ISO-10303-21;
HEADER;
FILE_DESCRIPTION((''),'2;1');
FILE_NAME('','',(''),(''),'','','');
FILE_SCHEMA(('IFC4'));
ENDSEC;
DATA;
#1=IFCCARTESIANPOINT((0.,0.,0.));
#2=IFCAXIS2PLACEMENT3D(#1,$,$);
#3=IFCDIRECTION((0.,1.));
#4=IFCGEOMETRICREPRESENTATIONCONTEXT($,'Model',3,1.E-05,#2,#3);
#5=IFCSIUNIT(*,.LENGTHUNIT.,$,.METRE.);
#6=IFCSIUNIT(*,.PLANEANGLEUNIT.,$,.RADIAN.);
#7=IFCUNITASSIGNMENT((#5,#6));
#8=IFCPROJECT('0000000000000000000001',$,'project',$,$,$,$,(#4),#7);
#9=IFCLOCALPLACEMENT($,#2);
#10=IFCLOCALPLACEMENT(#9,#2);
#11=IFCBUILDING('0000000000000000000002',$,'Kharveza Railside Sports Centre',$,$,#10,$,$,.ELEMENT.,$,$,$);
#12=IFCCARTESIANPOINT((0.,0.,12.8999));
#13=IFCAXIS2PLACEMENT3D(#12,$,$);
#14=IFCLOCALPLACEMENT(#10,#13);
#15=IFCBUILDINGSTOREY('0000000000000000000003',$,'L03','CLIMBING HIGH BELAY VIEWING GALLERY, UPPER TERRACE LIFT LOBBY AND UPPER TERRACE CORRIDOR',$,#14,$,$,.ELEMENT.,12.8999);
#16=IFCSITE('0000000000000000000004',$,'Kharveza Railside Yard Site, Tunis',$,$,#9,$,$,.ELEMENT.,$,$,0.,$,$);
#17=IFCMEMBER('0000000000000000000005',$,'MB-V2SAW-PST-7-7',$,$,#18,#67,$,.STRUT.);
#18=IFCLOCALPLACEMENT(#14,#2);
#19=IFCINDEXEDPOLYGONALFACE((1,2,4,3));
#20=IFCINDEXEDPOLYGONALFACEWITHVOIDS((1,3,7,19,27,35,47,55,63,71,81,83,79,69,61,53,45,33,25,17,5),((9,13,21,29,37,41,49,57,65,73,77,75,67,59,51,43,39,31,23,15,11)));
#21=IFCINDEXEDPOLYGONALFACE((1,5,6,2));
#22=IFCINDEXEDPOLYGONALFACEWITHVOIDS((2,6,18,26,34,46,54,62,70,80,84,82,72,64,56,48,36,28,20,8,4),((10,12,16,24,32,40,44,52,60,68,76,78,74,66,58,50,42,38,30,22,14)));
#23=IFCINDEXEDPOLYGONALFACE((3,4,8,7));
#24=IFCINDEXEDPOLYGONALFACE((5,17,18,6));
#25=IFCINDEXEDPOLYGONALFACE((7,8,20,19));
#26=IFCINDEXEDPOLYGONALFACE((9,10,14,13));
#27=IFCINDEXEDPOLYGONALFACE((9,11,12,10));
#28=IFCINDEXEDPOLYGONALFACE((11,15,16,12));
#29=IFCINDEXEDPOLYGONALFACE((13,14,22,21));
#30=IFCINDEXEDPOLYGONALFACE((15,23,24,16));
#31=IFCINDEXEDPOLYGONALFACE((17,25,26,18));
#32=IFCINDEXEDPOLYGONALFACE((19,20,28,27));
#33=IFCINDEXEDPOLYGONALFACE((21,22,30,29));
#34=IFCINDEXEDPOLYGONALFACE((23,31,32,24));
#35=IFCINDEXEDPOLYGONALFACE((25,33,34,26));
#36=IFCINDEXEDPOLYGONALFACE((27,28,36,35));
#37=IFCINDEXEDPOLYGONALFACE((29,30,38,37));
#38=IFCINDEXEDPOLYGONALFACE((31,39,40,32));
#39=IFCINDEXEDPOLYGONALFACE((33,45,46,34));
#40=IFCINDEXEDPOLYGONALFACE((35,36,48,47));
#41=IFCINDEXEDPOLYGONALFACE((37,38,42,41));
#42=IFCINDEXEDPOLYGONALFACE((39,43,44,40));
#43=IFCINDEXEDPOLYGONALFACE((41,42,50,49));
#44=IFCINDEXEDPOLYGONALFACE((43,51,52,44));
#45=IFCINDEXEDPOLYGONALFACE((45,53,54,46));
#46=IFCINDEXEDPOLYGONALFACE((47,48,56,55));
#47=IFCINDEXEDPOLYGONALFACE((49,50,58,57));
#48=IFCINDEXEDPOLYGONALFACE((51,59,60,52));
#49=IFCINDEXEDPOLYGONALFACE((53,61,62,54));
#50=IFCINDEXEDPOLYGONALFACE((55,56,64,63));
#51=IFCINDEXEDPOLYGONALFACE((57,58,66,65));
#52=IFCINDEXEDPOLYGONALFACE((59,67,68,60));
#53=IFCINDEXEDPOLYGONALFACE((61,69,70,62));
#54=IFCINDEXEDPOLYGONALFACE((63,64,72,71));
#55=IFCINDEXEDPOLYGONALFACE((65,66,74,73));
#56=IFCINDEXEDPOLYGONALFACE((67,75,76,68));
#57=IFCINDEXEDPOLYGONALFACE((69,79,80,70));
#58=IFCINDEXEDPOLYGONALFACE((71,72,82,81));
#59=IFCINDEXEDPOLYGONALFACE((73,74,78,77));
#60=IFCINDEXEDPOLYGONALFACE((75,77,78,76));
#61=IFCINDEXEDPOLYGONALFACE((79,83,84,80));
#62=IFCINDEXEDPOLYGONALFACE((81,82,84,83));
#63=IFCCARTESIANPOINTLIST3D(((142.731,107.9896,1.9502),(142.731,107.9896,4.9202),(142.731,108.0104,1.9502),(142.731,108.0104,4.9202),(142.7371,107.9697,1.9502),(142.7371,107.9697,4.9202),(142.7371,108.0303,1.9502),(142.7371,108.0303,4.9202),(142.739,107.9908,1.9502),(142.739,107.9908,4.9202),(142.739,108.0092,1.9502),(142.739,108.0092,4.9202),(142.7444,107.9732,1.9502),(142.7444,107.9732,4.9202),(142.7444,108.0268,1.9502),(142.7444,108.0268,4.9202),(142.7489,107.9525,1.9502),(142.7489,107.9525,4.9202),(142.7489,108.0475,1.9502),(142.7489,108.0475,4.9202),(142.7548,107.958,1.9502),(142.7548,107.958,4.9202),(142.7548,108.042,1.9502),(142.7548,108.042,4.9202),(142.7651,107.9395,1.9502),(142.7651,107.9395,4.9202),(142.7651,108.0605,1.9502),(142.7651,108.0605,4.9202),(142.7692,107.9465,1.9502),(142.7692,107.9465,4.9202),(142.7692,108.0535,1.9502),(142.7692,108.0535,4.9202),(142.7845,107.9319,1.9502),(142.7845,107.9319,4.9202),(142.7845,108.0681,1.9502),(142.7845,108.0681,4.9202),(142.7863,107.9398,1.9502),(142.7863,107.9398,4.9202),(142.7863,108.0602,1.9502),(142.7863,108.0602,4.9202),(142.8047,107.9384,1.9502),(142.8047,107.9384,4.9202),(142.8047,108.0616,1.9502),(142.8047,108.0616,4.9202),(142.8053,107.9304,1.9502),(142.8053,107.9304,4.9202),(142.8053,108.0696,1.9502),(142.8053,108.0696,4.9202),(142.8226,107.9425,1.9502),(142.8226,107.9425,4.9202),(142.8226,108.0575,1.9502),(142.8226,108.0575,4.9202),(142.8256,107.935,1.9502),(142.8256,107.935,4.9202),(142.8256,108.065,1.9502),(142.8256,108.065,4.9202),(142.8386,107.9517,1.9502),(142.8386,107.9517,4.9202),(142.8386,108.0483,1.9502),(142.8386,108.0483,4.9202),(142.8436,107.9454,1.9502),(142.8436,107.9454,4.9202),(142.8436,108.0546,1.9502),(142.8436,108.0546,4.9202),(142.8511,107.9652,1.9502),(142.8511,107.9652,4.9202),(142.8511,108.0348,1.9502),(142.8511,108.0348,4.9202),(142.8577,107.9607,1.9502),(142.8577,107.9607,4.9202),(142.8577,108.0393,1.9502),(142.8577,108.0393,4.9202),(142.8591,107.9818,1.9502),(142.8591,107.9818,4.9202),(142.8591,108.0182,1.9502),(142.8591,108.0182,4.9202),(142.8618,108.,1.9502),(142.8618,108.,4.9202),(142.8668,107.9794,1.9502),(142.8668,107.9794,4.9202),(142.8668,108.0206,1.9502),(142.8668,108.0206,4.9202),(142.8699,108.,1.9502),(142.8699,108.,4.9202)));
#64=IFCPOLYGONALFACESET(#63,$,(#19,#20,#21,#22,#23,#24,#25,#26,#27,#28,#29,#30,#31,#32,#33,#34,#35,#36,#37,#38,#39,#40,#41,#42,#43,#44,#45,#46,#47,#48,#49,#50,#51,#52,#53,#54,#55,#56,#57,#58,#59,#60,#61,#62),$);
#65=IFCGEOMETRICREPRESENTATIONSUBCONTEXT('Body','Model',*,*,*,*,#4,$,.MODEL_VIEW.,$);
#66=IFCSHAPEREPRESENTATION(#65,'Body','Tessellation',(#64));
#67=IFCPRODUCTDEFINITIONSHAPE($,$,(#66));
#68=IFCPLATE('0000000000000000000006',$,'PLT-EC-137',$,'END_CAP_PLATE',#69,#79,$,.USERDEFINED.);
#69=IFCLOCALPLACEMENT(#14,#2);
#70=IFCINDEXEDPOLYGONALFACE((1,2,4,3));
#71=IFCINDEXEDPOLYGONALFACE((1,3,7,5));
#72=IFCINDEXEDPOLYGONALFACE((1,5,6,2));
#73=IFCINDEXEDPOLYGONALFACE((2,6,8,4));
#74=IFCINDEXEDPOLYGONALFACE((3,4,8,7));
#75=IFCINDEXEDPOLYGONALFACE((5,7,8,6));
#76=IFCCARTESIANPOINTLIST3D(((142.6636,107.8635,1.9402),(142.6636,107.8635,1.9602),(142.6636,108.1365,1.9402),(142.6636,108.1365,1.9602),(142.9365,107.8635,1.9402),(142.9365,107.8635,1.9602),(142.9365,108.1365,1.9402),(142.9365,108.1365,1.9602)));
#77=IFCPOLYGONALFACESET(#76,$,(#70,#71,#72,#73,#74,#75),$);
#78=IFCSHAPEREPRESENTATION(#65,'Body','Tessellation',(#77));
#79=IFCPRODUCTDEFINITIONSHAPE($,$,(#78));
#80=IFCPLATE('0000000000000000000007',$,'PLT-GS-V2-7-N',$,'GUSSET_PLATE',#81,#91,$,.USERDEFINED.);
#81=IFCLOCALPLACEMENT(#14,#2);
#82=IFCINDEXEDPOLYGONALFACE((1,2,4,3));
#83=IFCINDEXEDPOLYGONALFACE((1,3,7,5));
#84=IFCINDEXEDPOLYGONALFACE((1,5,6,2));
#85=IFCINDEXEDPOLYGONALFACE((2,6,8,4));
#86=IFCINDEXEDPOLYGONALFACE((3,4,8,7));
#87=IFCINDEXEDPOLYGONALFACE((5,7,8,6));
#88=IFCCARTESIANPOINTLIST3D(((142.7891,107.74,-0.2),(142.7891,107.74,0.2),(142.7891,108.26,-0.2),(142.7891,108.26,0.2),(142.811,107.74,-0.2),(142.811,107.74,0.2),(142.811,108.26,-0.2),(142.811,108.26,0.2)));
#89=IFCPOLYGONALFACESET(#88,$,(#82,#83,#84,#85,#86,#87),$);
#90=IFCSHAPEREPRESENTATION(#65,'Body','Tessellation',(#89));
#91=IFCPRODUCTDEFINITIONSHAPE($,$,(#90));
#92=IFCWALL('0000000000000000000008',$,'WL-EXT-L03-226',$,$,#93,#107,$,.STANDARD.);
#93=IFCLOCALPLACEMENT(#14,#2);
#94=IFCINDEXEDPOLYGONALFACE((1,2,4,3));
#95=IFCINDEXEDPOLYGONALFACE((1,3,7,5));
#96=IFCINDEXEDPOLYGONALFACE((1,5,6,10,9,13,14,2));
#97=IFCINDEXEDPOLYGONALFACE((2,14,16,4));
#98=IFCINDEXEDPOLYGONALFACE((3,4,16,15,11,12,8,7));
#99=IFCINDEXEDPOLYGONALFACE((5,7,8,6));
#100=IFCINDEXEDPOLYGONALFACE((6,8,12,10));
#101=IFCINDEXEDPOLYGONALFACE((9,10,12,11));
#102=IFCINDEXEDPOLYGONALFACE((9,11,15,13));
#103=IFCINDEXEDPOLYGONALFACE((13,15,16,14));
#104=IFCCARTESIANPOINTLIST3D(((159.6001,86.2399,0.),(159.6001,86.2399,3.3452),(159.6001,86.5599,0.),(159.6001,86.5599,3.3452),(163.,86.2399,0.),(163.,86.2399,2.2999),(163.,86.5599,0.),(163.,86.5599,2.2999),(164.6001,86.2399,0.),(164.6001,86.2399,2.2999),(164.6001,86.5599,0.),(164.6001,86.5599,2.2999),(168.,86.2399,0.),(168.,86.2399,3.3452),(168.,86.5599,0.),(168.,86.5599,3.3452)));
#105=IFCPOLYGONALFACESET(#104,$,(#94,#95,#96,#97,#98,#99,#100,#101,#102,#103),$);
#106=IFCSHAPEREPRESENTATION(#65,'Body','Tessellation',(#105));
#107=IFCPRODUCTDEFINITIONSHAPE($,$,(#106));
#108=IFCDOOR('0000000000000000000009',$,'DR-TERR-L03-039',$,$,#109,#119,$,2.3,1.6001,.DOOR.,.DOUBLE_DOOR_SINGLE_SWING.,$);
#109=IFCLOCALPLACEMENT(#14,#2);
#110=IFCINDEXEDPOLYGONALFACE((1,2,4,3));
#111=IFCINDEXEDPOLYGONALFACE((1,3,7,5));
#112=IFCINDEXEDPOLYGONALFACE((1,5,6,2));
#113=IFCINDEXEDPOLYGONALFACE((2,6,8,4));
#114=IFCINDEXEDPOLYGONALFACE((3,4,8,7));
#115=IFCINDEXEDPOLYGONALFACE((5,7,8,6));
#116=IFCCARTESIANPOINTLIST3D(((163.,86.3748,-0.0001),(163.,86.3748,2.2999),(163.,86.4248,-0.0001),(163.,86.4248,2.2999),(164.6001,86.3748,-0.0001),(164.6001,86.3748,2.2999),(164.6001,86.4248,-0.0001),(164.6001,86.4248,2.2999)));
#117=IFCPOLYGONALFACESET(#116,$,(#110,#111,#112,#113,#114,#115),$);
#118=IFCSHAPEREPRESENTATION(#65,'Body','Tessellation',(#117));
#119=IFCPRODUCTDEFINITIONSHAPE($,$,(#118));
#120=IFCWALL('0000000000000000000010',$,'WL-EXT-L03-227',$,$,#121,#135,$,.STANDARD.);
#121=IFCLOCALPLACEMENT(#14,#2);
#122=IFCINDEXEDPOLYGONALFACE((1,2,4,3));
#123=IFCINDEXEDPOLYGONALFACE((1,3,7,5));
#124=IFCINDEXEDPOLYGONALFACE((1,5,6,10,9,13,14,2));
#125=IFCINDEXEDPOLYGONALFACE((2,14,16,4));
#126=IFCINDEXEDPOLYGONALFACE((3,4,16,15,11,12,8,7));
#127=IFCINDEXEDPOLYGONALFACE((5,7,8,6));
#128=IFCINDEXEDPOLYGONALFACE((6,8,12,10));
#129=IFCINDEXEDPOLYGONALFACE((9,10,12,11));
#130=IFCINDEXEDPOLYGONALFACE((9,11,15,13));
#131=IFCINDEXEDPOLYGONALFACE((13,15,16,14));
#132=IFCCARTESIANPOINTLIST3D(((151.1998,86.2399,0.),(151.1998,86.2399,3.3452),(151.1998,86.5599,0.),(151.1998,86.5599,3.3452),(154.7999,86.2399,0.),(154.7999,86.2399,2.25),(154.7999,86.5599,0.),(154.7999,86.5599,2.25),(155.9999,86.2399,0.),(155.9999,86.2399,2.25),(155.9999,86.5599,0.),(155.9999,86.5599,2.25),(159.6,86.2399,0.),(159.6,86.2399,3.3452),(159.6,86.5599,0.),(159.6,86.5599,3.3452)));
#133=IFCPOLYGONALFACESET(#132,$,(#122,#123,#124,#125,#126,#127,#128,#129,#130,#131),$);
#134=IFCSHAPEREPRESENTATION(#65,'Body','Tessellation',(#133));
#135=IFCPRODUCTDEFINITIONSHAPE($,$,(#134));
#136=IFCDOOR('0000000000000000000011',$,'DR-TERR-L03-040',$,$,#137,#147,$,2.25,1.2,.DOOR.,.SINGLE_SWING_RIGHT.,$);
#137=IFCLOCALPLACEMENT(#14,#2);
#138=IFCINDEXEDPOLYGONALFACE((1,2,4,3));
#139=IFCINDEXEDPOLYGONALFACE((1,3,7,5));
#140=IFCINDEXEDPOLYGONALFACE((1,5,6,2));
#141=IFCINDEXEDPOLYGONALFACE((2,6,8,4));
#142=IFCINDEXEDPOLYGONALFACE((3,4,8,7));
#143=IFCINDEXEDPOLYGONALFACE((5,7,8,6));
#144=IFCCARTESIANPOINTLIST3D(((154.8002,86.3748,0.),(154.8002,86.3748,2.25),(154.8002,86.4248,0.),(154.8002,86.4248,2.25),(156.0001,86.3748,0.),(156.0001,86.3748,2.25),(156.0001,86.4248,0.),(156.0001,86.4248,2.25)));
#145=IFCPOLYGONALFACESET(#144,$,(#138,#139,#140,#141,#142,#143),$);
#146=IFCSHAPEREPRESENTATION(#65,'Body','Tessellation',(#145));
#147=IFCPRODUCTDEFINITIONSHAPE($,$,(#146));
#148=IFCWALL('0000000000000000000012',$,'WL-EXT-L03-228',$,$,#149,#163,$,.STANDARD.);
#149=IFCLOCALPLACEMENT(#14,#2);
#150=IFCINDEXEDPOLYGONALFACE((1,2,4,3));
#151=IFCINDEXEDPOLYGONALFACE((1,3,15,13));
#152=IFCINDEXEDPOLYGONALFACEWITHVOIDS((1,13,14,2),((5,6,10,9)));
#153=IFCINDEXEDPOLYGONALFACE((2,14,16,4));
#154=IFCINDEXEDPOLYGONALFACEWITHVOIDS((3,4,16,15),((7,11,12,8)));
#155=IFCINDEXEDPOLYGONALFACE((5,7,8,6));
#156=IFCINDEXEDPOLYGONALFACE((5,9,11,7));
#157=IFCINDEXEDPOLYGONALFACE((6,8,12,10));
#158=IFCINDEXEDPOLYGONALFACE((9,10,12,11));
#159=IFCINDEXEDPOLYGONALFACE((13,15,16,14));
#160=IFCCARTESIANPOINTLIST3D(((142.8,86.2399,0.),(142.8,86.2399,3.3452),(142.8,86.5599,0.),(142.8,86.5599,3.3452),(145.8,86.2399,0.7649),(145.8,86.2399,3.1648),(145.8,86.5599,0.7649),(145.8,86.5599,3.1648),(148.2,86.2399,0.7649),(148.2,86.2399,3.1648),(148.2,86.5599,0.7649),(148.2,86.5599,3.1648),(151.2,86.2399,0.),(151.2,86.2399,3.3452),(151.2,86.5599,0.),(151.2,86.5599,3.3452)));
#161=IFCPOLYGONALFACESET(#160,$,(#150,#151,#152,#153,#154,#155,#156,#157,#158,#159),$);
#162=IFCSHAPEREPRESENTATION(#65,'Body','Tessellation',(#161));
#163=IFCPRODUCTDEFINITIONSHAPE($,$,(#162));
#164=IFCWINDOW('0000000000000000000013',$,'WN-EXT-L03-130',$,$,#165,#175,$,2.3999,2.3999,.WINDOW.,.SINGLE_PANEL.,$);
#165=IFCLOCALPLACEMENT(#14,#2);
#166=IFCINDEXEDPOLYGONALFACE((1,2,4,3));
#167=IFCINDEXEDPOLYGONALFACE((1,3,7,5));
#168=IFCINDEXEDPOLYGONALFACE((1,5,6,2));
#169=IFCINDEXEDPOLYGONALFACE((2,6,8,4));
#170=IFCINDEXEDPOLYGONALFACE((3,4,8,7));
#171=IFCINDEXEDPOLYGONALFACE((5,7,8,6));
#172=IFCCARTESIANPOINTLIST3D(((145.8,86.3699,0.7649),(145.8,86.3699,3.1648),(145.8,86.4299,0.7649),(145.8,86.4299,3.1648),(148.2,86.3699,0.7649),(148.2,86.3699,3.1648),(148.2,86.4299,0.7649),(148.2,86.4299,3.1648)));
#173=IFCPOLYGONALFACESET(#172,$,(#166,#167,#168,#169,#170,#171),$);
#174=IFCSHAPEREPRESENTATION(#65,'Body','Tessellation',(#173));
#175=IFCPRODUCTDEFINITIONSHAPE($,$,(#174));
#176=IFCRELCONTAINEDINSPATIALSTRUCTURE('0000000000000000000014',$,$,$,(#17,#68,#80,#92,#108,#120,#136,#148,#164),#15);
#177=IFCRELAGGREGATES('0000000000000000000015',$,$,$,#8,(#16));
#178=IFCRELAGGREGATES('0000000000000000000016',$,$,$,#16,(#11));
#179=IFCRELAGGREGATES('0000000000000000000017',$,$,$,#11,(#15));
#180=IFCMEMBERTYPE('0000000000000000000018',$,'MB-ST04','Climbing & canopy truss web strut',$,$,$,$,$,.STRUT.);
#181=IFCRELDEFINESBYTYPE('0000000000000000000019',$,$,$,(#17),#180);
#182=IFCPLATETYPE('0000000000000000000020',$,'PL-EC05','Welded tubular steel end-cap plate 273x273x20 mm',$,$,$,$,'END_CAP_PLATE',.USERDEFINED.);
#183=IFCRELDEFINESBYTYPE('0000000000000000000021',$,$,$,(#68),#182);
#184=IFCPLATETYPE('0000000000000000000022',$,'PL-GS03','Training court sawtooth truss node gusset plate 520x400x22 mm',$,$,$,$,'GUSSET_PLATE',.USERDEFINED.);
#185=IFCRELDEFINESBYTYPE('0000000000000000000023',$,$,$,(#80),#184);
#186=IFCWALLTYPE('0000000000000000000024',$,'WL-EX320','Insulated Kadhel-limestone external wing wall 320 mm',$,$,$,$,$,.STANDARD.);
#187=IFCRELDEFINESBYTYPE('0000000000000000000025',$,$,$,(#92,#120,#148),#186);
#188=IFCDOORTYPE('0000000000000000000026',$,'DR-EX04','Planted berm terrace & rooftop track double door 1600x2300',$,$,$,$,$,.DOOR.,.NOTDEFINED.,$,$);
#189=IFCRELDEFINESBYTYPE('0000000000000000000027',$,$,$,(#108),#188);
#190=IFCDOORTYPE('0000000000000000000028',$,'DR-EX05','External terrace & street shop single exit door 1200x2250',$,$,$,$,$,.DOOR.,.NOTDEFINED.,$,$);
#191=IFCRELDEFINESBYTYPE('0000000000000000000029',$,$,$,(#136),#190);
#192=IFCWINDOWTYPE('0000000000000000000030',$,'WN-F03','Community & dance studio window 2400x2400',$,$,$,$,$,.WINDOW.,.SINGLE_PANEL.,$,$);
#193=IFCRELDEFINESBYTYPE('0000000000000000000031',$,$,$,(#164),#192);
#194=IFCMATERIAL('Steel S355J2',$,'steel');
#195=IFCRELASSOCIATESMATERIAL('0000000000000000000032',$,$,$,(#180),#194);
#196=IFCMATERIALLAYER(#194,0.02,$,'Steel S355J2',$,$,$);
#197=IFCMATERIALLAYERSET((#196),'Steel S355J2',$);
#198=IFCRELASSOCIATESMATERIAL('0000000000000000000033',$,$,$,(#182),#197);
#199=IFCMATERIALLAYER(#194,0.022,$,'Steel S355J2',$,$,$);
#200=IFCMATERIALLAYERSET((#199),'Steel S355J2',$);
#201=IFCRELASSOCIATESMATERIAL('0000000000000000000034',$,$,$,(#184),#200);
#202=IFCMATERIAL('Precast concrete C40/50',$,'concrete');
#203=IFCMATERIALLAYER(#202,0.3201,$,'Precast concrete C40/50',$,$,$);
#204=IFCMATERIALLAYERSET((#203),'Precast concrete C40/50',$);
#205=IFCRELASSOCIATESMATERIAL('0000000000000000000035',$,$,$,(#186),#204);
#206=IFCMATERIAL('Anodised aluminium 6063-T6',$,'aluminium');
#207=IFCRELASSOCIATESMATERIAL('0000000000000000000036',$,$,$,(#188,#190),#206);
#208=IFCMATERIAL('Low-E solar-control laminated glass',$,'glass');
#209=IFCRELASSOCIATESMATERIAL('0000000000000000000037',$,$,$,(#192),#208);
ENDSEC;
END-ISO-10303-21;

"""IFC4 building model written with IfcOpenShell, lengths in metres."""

from ifc_helpers import new_model, si_unit, direction, frame, frame_2d, origin, origin_2d, place, context, subcontext, project, spatial, rectangle, hollow_circle, extrude, material, layer, layer_set, material_profile, profile_set, type_object, element, fill, save


model = new_model("IFC4")

# Units and contexts
model_context = context("Model", 3, precision=1e-05, world=origin(), true_north=direction((0.0, 1.0)))
body_context = subcontext(model_context, "Body", "Model", "MODEL_VIEW")
ifc_project = project(units=[si_unit("LENGTHUNIT", "METRE"), si_unit("PLANEANGLEUNIT", "RADIAN")], contexts=[model_context])

# Site, building, storey
site_placement = place(None, origin())
site = spatial("IfcSite", under=ifc_project, at=site_placement, Name="Kharveza Railside Yard Site, Tunis", CompositionType="ELEMENT", RefElevation=0.0)
building_placement = place(site_placement, origin())
building = spatial("IfcBuilding", under=site, at=building_placement, Name="Kharveza Railside Sports Centre", CompositionType="ELEMENT")
storey_placement = place(building_placement, frame((0.0, 0.0, 12.8999)))
storey = spatial("IfcBuildingStorey", under=building, at=storey_placement, Name="L03", Description="CLIMBING HIGH BELAY VIEWING GALLERY, UPPER TERRACE LIFT LOBBY AND UPPER TERRACE CORRIDOR", CompositionType="ELEMENT", Elevation=12.8999)

# Shared definitions
ifc_material_1 = material(Name="Steel S355J2", Category="steel")

# Member
ifc_material_profile_1 = material_profile(ifc_material_1, hollow_circle(Radius=0.0698, WallThickness=0.0081, at=origin_2d()), Name="CHS 139.7x8.0")
ifc_profile_set_1 = profile_set([ifc_material_profile_1], Name="Steel S355J2")
member_type_1 = type_object("IfcMemberType", Name="MB-ST04", Description="Climbing & canopy truss web strut", PredefinedType="STRUT", material=ifc_profile_set_1)
member_1_placement = place(storey_placement, frame((142.8, 108.0, 1.9502), z_axis=(0.0, 0.0, 1.0), x_axis=(1.0, 0.0, 0.0)))
element("IfcMember", 1, at=member_1_placement, inside=storey, type_object=member_type_1, Name="MB-V2SAW-PST-7-7", PredefinedType="STRUT", context=body_context, shape_type="SweptSolid", body=[
    extrude(hollow_circle(Radius=0.0698, WallThickness=0.0081, at=origin_2d()), origin(), (0.0, 0.0, 1.0), 2.97),
])

# Plates
ifc_layer_1 = layer(ifc_material_1, 0.02, Name="Steel S355J2")
ifc_layer_set_1 = layer_set([ifc_layer_1], Name="Steel S355J2")
plate_type_1 = type_object("IfcPlateType", Name="PL-EC05", Description="Welded tubular steel end-cap plate 273x273x20 mm", ElementType="END_CAP_PLATE", PredefinedType="USERDEFINED", material=ifc_layer_set_1)
plate_1_placement = place(storey_placement, frame((142.8, 108.0, 1.9402), z_axis=(0.0, 0.0, 1.0), x_axis=(1.0, 0.0, 0.0)))
element("IfcPlate", 2, at=plate_1_placement, inside=storey, type_object=plate_type_1, Name="PLT-EC-137", ObjectType="END_CAP_PLATE", PredefinedType="USERDEFINED", context=body_context, shape_type="SweptSolid", body=[
    extrude(rectangle(XDim=0.2729, YDim=0.2729, at=origin_2d()), origin(), (0.0, 0.0, 1.0), 0.02),
])
ifc_layer_2 = layer(ifc_material_1, 0.022, Name="Steel S355J2")
ifc_layer_set_2 = layer_set([ifc_layer_2], Name="Steel S355J2")
plate_type_2 = type_object("IfcPlateType", Name="PL-GS03", Description="Training court sawtooth truss node gusset plate 520x400x22 mm", ElementType="GUSSET_PLATE", PredefinedType="USERDEFINED", material=ifc_layer_set_2)
plate_2_placement = place(storey_placement, frame((142.8, 108.0, -0.2), z_axis=(0.0, 0.0, 1.0), x_axis=(1.0, 0.0, 0.0)))
element("IfcPlate", 3, at=plate_2_placement, inside=storey, type_object=plate_type_2, Name="PLT-GS-V2-7-N", ObjectType="GUSSET_PLATE", PredefinedType="USERDEFINED", context=body_context, shape_type="SweptSolid", body=[
    extrude(rectangle(XDim=0.022, YDim=0.52, at=origin_2d()), origin(), (0.0, 0.0, 1.0), 0.3999),
])

# Walls, openings, doors
ifc_material_2 = material(Name="Precast concrete C40/50", Category="concrete")
ifc_layer_3 = layer(ifc_material_2, 0.3201, Name="Precast concrete C40/50")
ifc_layer_set_3 = layer_set([ifc_layer_3], Name="Precast concrete C40/50")
wall_type = type_object("IfcWallType", Name="WL-EX320", Description="Insulated Kadhel-limestone external wing wall 320 mm", PredefinedType="STANDARD", material=ifc_layer_set_3)
wall_1_placement = place(storey_placement, frame((168.0, 86.3999, 0.0), z_axis=(0.0, 0.0, 1.0), x_axis=(-1.0, 0.0, 0.0)))
wall_1 = element("IfcWall", 4, at=wall_1_placement, inside=storey, type_object=wall_type, Name="WL-EXT-L03-226", PredefinedType="STANDARD", context=body_context, shape_type="SweptSolid", body=[
    extrude(rectangle(XDim=8.3999, YDim=0.3201, at=frame_2d((4.2, 0.0))), origin(), (0.0, 0.0, 1.0), 3.3452),
])
opening_1_placement = place(wall_1_placement, frame((3.3999, 0.0, 0.0)))
opening_1 = element("IfcOpeningElement", 5, at=opening_1_placement, cuts=wall_1, PredefinedType="OPENING", context=body_context, shape_type="SweptSolid", body=[
    extrude(rectangle(XDim=1.6001, YDim=2.3, at=frame_2d((0.8, 1.1499))), frame((0.0, 0.1851, 0.0), z_axis=(0.0, -1.0, 0.0), x_axis=(1.0, 0.0, 0.0)), (0.0, 0.0, 1.0), 0.3699),
])
ifc_material_3 = material(Name="Anodised aluminium 6063-T6", Category="aluminium")
door_type_1 = type_object("IfcDoorType", Name="DR-EX04", Description="Planted berm terrace & rooftop track double door 1600x2300", OperationType="NOTDEFINED", PredefinedType="DOOR", material=ifc_material_3)
door_1_placement = place(opening_1_placement, frame((1.6001, 0.0, 0.0), z_axis=(0.0, 0.0, 1.0), x_axis=(-1.0, 0.0, 0.0)))
door_1 = element("IfcDoor", 6, at=door_1_placement, inside=storey, type_object=door_type_1, Name="DR-TERR-L03-039", OperationType="DOUBLE_DOOR_SINGLE_SWING", OverallHeight=2.3, OverallWidth=1.6001, PredefinedType="DOOR", context=body_context, shape_type="SweptSolid", body=[
    extrude(rectangle(XDim=1.6001, YDim=2.3, at=frame_2d((0.8, 1.1499))), frame((0.0, 0.0249, 0.0), z_axis=(0.0, -1.0, 0.0), x_axis=(1.0, 0.0, 0.0)), (0.0, 0.0, 1.0), 0.05),
])
fill(opening_1, door_1)
wall_2_placement = place(storey_placement, frame((159.6001, 86.3999, 0.0), z_axis=(0.0, 0.0, 1.0), x_axis=(-1.0, 0.0, 0.0)))
wall_2 = element("IfcWall", 7, at=wall_2_placement, inside=storey, type_object=wall_type, Name="WL-EXT-L03-227", PredefinedType="STANDARD", context=body_context, shape_type="SweptSolid", body=[
    extrude(rectangle(XDim=8.4001, YDim=0.3201, at=frame_2d((4.2002, 0.0))), origin(), (0.0, 0.0, 1.0), 3.3452),
])
opening_2_placement = place(wall_2_placement, frame((3.6001, 0.0, 0.0)))
opening_2 = element("IfcOpeningElement", 8, at=opening_2_placement, cuts=wall_2, PredefinedType="OPENING", context=body_context, shape_type="SweptSolid", body=[
    extrude(rectangle(XDim=1.2, YDim=2.25, at=frame_2d((0.6001, 1.125))), frame((0.0, 0.1851, 0.0), z_axis=(0.0, -1.0, 0.0), x_axis=(1.0, 0.0, 0.0)), (0.0, 0.0, 1.0), 0.3699),
])
door_type_2 = type_object("IfcDoorType", Name="DR-EX05", Description="External terrace & street shop single exit door 1200x2250", OperationType="NOTDEFINED", PredefinedType="DOOR", material=ifc_material_3)
door_2_placement = place(opening_2_placement, frame((1.2, 0.0, 0.0), z_axis=(0.0, 0.0, 1.0), x_axis=(-1.0, 0.0, 0.0)))
door_2 = element("IfcDoor", 9, at=door_2_placement, inside=storey, type_object=door_type_2, Name="DR-TERR-L03-040", OperationType="SINGLE_SWING_RIGHT", OverallHeight=2.25, OverallWidth=1.2, PredefinedType="DOOR", context=body_context, shape_type="SweptSolid", body=[
    extrude(rectangle(XDim=1.2, YDim=2.25, at=frame_2d((0.6001, 1.125))), frame((0.0, 0.0249, 0.0), z_axis=(0.0, -1.0, 0.0), x_axis=(1.0, 0.0, 0.0)), (0.0, 0.0, 1.0), 0.05),
])
fill(opening_2, door_2)

# Wall, opening, window
wall_3_placement = place(storey_placement, frame((151.2, 86.3999, 0.0), z_axis=(0.0, 0.0, 1.0), x_axis=(-1.0, 0.0, 0.0)))
wall_3 = element("IfcWall", 10, at=wall_3_placement, inside=storey, type_object=wall_type, Name="WL-EXT-L03-228", PredefinedType="STANDARD", context=body_context, shape_type="SweptSolid", body=[
    extrude(rectangle(XDim=8.3999, YDim=0.3201, at=frame_2d((4.2, 0.0))), origin(), (0.0, 0.0, 1.0), 3.3452),
])
opening_3_placement = place(wall_3_placement, frame((3.0, 0.0, 0.7649)))
opening_3 = element("IfcOpeningElement", 11, at=opening_3_placement, cuts=wall_3, PredefinedType="OPENING", context=body_context, shape_type="SweptSolid", body=[
    extrude(rectangle(XDim=2.3999, YDim=2.3999, at=frame_2d((1.2, 1.2))), frame((0.0, 0.1851, 0.0), z_axis=(0.0, -1.0, 0.0), x_axis=(1.0, 0.0, 0.0)), (0.0, 0.0, 1.0), 0.3699),
])
ifc_material_4 = material(Name="Low-E solar-control laminated glass", Category="glass")
window_type = type_object("IfcWindowType", Name="WN-F03", Description="Community & dance studio window 2400x2400", PartitioningType="SINGLE_PANEL", PredefinedType="WINDOW", material=ifc_material_4)
window_placement = place(opening_3_placement, origin())
window = element("IfcWindow", 12, at=window_placement, inside=storey, type_object=window_type, Name="WN-EXT-L03-130", OverallHeight=2.3999, OverallWidth=2.3999, PartitioningType="SINGLE_PANEL", PredefinedType="WINDOW", context=body_context, shape_type="SweptSolid", body=[
    extrude(rectangle(XDim=2.3999, YDim=2.3999, at=frame_2d((1.2, 1.2))), frame((0.0, 0.03, 0.0), z_axis=(0.0, -1.0, 0.0), x_axis=(1.0, 0.0, 0.0)), (0.0, 0.0, 1.0), 0.0601),
])
fill(opening_3, window)

save(model, "model.ifc")
